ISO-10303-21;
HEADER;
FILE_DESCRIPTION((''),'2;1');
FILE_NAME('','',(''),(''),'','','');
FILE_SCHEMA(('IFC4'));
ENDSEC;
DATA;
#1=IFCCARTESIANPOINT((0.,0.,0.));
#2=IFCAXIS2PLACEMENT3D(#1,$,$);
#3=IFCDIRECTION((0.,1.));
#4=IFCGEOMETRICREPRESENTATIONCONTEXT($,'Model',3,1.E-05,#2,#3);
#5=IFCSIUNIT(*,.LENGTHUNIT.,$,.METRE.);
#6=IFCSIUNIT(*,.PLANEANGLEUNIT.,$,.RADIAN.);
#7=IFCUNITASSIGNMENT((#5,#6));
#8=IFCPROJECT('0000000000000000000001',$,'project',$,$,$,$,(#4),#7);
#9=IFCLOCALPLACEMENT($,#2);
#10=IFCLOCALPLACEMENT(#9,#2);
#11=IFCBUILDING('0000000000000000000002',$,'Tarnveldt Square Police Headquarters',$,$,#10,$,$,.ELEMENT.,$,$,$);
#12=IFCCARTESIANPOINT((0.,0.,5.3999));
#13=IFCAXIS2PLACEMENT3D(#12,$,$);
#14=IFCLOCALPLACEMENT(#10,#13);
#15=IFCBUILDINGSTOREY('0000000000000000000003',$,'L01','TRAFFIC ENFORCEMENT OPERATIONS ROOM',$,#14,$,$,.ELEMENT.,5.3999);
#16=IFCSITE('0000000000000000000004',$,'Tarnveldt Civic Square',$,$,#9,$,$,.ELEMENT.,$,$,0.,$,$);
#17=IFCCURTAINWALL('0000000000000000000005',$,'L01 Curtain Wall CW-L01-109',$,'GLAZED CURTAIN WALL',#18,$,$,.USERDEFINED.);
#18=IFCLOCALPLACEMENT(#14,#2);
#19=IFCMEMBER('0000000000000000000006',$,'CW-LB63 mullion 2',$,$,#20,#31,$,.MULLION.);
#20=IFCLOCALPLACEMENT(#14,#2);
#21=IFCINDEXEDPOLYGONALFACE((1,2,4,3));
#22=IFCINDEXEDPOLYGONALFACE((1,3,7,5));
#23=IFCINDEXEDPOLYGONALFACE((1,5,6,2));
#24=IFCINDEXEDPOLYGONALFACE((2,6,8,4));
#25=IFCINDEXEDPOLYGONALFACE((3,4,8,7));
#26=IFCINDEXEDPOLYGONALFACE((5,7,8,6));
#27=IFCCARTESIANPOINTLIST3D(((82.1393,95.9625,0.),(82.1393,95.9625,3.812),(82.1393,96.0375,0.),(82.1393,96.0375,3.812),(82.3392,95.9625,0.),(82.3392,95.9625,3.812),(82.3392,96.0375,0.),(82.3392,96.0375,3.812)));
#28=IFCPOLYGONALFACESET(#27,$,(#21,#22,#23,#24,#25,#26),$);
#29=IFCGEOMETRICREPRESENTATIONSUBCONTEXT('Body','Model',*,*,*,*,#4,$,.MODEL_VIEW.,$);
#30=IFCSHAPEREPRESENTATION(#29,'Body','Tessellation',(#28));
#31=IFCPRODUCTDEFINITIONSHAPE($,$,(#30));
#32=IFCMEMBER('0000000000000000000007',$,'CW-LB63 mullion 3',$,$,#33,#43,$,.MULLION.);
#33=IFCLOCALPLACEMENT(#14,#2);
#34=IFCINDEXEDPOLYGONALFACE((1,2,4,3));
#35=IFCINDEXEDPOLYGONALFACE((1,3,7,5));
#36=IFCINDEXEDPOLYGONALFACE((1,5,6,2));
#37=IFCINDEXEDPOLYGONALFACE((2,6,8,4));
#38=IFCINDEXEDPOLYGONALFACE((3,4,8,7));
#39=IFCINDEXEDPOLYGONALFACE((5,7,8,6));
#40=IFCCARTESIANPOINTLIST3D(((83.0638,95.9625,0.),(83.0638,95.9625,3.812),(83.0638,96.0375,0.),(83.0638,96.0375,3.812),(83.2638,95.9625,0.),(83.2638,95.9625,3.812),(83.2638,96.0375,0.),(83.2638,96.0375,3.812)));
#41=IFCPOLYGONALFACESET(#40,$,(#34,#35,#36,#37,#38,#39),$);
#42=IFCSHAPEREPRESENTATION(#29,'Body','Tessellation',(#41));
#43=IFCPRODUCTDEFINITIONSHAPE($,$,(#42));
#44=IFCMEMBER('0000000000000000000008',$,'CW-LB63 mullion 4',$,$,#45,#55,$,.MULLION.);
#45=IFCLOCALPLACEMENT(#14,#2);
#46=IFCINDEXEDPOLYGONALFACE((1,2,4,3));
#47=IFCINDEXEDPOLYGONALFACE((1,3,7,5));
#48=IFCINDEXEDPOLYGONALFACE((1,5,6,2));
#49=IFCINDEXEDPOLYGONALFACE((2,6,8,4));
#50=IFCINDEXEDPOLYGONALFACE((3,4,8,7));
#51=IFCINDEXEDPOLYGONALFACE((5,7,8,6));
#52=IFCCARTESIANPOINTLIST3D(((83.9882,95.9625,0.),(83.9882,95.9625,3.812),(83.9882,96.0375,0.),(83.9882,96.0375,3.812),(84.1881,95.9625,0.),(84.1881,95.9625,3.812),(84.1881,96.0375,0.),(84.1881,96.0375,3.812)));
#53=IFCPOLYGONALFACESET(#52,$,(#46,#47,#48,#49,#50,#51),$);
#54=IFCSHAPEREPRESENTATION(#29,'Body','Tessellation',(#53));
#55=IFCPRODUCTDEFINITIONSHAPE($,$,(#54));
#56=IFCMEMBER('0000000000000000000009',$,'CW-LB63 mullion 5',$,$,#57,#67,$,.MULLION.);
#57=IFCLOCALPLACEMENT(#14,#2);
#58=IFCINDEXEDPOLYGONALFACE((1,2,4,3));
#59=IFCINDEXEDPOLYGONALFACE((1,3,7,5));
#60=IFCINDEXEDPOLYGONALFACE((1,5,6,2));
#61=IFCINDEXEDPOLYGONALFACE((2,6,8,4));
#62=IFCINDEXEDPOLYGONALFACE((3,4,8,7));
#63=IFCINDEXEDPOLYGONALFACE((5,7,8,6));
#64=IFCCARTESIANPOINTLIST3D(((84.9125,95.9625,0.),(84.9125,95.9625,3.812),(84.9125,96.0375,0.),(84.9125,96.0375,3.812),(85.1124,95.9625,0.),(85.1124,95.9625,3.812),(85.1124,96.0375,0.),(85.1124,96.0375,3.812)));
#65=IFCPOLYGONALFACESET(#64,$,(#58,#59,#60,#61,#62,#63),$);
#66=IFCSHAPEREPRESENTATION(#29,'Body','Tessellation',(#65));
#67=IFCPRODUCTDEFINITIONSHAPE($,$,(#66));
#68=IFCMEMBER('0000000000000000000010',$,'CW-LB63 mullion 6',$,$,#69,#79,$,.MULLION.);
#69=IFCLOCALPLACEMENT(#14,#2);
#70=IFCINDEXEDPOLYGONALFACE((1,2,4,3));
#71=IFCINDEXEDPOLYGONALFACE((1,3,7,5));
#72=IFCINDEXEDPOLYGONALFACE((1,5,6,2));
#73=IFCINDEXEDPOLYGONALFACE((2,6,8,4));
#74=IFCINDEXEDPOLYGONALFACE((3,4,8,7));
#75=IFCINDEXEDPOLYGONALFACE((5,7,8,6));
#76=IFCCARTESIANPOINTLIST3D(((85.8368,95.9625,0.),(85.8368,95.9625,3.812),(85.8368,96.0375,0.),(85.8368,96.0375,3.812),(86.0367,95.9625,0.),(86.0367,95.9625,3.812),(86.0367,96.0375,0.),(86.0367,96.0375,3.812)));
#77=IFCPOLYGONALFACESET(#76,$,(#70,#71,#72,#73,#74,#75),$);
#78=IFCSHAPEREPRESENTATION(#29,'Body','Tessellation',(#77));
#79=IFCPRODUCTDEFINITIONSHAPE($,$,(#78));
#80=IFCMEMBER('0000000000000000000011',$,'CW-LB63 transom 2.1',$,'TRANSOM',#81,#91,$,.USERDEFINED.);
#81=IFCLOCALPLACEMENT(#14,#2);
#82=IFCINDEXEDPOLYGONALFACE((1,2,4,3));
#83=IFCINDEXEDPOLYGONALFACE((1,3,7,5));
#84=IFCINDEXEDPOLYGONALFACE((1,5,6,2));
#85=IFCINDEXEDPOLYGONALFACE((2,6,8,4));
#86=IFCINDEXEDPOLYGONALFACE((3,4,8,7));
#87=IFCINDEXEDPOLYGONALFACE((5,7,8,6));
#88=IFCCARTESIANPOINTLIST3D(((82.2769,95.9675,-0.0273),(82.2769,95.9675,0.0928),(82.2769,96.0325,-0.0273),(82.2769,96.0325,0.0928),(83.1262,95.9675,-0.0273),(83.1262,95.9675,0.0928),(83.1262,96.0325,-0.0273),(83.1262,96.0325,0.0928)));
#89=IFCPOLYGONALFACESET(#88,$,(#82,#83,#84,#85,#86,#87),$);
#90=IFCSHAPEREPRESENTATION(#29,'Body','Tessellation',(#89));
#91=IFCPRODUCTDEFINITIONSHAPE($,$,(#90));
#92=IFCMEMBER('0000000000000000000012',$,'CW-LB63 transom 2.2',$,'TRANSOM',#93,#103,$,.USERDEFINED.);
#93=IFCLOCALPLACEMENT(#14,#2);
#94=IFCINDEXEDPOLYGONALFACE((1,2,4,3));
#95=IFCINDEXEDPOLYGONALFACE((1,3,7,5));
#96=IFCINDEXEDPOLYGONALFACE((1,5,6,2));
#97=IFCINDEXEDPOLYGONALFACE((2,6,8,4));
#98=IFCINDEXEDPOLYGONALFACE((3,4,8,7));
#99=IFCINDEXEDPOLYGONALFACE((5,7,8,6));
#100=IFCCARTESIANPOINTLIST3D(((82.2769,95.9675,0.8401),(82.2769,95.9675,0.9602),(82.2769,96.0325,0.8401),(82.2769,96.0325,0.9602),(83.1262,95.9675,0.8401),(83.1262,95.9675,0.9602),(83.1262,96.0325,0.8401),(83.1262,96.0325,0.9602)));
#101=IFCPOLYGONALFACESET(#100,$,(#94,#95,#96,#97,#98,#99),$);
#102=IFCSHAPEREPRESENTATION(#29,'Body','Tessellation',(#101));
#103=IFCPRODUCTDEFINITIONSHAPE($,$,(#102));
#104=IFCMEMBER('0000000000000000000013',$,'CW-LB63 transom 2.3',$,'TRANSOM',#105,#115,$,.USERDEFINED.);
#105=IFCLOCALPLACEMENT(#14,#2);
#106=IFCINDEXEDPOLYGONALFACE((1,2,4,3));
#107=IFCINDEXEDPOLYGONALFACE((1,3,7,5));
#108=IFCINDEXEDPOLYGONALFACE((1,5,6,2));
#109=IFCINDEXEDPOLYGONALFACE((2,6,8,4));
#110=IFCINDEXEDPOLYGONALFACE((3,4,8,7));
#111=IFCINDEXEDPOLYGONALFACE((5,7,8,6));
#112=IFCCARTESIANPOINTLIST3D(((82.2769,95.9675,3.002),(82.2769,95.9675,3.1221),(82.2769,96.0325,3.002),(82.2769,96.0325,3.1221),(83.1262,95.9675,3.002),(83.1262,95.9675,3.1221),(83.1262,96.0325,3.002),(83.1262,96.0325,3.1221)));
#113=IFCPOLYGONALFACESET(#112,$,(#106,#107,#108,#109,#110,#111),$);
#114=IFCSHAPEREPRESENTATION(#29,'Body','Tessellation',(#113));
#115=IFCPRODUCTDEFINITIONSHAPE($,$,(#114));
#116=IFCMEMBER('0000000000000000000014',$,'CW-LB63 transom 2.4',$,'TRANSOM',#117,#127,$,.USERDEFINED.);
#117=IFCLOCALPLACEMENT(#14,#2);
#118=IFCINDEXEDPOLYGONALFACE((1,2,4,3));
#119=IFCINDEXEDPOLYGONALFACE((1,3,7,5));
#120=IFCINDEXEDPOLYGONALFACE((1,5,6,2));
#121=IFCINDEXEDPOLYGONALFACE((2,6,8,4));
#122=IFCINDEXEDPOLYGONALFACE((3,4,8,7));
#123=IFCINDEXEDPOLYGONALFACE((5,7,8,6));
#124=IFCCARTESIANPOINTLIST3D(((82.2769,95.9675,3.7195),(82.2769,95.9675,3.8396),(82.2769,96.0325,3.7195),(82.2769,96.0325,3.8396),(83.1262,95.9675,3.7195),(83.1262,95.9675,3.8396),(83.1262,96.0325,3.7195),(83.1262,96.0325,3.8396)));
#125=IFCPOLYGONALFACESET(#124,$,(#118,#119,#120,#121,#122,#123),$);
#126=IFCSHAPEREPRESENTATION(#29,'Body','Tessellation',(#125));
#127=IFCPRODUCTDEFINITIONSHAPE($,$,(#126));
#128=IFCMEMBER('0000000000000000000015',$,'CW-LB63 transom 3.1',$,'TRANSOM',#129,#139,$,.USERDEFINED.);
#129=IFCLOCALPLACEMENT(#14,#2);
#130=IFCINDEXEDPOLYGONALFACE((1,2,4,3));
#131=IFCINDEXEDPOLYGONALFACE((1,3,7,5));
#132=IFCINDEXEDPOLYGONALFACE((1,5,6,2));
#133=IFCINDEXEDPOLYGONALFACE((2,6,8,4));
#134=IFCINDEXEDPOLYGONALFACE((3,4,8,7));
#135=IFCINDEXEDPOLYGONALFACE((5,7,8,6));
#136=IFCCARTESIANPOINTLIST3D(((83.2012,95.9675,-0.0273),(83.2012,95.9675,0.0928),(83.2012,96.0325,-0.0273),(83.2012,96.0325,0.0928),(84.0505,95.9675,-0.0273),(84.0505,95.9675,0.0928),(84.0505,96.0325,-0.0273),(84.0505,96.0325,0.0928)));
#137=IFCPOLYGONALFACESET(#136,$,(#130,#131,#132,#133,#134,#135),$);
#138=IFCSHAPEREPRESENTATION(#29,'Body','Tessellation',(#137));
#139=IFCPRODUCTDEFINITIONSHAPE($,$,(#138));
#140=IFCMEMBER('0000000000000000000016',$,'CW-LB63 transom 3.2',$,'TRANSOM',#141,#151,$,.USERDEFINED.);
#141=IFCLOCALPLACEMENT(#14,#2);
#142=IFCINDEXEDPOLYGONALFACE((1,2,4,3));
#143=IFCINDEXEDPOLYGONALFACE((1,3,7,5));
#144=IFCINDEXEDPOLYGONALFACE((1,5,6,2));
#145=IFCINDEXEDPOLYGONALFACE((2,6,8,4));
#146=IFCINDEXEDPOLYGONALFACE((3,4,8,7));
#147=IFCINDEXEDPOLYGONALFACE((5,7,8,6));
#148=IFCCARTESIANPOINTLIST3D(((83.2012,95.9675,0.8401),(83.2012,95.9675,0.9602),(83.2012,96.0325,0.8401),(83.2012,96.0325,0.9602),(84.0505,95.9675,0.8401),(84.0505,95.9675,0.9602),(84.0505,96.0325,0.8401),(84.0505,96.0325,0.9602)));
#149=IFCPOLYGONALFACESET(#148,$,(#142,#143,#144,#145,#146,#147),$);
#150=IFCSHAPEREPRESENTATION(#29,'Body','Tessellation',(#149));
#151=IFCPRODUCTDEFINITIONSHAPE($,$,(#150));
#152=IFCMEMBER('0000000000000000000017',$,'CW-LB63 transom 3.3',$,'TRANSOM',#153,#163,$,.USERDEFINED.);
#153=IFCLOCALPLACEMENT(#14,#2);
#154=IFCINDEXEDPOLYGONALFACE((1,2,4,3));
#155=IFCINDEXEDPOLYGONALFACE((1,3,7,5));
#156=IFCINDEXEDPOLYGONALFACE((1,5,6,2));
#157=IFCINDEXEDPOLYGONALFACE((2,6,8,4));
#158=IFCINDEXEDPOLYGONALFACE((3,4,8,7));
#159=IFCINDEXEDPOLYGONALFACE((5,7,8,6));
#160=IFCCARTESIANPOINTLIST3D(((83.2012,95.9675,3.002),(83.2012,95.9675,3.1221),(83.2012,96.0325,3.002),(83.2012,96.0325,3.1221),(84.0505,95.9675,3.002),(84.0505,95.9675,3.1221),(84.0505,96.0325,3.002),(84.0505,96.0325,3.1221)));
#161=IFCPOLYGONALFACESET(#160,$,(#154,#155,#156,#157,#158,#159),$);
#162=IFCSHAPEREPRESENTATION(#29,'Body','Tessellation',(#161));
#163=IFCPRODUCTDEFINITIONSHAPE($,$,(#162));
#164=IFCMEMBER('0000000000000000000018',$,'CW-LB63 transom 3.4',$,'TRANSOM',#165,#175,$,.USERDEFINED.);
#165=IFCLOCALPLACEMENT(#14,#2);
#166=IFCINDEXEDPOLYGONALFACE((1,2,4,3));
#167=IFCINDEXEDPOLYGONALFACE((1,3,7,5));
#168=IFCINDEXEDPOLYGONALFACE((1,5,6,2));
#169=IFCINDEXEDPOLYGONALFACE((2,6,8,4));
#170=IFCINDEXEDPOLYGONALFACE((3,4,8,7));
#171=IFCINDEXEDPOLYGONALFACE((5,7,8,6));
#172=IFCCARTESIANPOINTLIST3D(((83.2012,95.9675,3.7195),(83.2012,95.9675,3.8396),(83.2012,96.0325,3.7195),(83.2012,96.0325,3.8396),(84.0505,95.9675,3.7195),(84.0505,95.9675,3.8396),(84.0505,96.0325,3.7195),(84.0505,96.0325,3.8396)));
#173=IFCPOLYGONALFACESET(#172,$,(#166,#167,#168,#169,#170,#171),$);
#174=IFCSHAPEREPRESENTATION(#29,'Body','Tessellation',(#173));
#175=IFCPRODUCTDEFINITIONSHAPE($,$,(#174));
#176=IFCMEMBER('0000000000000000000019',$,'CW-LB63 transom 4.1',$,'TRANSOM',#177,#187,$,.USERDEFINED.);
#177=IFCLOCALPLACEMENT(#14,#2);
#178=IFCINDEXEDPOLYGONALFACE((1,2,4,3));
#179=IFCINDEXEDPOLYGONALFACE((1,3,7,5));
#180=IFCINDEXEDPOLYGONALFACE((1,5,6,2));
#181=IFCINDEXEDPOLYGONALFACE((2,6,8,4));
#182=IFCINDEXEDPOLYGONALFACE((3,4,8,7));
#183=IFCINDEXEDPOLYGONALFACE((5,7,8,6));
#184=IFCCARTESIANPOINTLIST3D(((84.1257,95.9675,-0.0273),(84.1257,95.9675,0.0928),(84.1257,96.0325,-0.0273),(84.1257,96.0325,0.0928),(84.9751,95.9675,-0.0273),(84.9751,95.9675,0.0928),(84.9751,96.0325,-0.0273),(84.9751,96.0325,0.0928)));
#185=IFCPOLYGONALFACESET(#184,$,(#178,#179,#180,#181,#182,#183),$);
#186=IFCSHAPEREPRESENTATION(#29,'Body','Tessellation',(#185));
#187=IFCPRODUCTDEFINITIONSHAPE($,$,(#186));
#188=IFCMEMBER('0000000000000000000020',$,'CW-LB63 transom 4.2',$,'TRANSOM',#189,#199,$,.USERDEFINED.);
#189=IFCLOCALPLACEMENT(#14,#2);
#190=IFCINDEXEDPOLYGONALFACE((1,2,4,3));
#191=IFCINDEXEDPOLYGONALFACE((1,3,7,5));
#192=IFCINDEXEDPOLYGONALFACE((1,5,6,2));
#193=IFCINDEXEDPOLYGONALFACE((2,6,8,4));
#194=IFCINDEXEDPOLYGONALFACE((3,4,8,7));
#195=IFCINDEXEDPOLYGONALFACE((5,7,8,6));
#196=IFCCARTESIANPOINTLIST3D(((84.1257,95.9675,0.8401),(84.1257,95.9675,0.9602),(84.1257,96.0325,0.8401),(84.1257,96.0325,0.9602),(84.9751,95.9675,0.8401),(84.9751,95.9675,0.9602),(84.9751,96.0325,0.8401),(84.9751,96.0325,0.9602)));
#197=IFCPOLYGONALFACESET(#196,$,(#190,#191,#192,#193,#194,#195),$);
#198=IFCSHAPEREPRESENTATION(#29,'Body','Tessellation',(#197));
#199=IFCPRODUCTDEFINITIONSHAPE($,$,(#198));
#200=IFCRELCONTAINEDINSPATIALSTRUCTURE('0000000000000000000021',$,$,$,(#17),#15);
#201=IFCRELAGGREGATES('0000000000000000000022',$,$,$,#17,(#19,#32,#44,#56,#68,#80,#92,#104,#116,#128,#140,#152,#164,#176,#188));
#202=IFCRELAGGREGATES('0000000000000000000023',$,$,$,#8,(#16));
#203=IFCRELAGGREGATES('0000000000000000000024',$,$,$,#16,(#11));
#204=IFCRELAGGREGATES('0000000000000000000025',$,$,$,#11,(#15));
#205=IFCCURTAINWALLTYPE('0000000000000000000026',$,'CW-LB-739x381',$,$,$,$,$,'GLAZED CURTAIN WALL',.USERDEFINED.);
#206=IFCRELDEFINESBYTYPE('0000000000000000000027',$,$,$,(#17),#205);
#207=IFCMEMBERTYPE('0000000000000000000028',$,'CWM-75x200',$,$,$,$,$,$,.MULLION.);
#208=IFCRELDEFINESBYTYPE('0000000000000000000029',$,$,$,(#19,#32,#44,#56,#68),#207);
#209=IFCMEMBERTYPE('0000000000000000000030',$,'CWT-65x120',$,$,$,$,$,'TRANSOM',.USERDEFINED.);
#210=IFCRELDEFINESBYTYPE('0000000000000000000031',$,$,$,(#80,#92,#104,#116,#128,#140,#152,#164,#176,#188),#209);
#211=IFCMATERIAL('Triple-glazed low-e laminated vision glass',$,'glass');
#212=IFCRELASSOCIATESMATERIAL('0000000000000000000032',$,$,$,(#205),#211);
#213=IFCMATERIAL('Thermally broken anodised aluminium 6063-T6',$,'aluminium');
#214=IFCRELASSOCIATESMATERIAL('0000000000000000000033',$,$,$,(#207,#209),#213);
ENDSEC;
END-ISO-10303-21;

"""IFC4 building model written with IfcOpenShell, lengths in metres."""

from ifc_helpers import new_model, si_unit, direction, frame, origin, origin_2d, place, context, subcontext, project, spatial, rectangle, extrude, material, material_profile, profile_set, type_object, element, aggregate, save


model = new_model("IFC4")

# Units and contexts
model_context = context("Model", 3, precision=1e-05, world=origin(), true_north=direction((0.0, 1.0)))
body_context = subcontext(model_context, "Body", "Model", "MODEL_VIEW")
ifc_project = project(units=[si_unit("LENGTHUNIT", "METRE"), si_unit("PLANEANGLEUNIT", "RADIAN")], contexts=[model_context])

# Site, building, storey
site_placement = place(None, origin())
site = spatial("IfcSite", under=ifc_project, at=site_placement, Name="Tarnveldt Civic Square", CompositionType="ELEMENT", RefElevation=0.0)
building_placement = place(site_placement, origin())
building = spatial("IfcBuilding", under=site, at=building_placement, Name="Tarnveldt Square Police Headquarters", CompositionType="ELEMENT")
storey_placement = place(building_placement, frame((0.0, 0.0, 5.3999)))
storey = spatial("IfcBuildingStorey", under=building, at=storey_placement, Name="L01", Description="TRAFFIC ENFORCEMENT OPERATIONS ROOM", CompositionType="ELEMENT", Elevation=5.3999)

# Curtain wall, members
ifc_material_1 = material(Name="Triple-glazed low-e laminated vision glass", Category="glass")
curtain_wall_type = type_object("IfcCurtainWallType", Name="CW-LB-739x381", ElementType="GLAZED CURTAIN WALL", PredefinedType="USERDEFINED", material=ifc_material_1)
curtain_wall_placement = place(storey_placement, origin())
curtain_wall = element("IfcCurtainWall", 1, at=curtain_wall_placement, inside=storey, type_object=curtain_wall_type, Name="L01 Curtain Wall CW-L01-109", ObjectType="GLAZED CURTAIN WALL", PredefinedType="USERDEFINED")
ifc_material_2 = material(Name="Thermally broken anodised aluminium 6063-T6", Category="aluminium")
ifc_material_profile_1 = material_profile(ifc_material_2, rectangle(XDim=0.075, YDim=0.2, at=origin_2d()), Name="CW-M75x200")
ifc_profile_set_1 = profile_set([ifc_material_profile_1], Name="Thermally broken anodised aluminium 6063-T6")
member_type_1 = type_object("IfcMemberType", Name="CWM-75x200", PredefinedType="MULLION", material=ifc_profile_set_1)
member_1_placement = place(storey_placement, frame((82.2393, 96.0, 0.0), z_axis=(0.0, 0.0, 1.0), x_axis=(0.0, 1.0, 0.0)))
member_1 = element("IfcMember", 2, at=member_1_placement, type_object=member_type_1, Name="CW-LB63 mullion 2", PredefinedType="MULLION", context=body_context, shape_type="SweptSolid", body=[
    extrude(rectangle(XDim=0.075, YDim=0.2, at=origin_2d()), origin(), (0.0, 0.0, 1.0), 3.812),
])
member_2_placement = place(storey_placement, frame((83.1638, 96.0, 0.0), z_axis=(0.0, 0.0, 1.0), x_axis=(0.0, 1.0, 0.0)))
member_2 = element("IfcMember", 3, at=member_2_placement, type_object=member_type_1, Name="CW-LB63 mullion 3", PredefinedType="MULLION", context=body_context, shape_type="SweptSolid", body=[
    extrude(rectangle(XDim=0.075, YDim=0.2, at=origin_2d()), origin(), (0.0, 0.0, 1.0), 3.812),
])
member_3_placement = place(storey_placement, frame((84.0881, 96.0, 0.0), z_axis=(0.0, 0.0, 1.0), x_axis=(0.0, 1.0, 0.0)))
member_3 = element("IfcMember", 4, at=member_3_placement, type_object=member_type_1, Name="CW-LB63 mullion 4", PredefinedType="MULLION", context=body_context, shape_type="SweptSolid", body=[
    extrude(rectangle(XDim=0.075, YDim=0.2, at=origin_2d()), origin(), (0.0, 0.0, 1.0), 3.812),
])
member_4_placement = place(storey_placement, frame((85.0125, 96.0, 0.0), z_axis=(0.0, 0.0, 1.0), x_axis=(0.0, 1.0, 0.0)))
member_4 = element("IfcMember", 5, at=member_4_placement, type_object=member_type_1, Name="CW-LB63 mullion 5", PredefinedType="MULLION", context=body_context, shape_type="SweptSolid", body=[
    extrude(rectangle(XDim=0.075, YDim=0.2, at=origin_2d()), origin(), (0.0, 0.0, 1.0), 3.812),
])
member_5_placement = place(storey_placement, frame((85.9368, 96.0, 0.0), z_axis=(0.0, 0.0, 1.0), x_axis=(0.0, 1.0, 0.0)))
member_5 = element("IfcMember", 6, at=member_5_placement, type_object=member_type_1, Name="CW-LB63 mullion 6", PredefinedType="MULLION", context=body_context, shape_type="SweptSolid", body=[
    extrude(rectangle(XDim=0.075, YDim=0.2, at=origin_2d()), origin(), (0.0, 0.0, 1.0), 3.812),
])
ifc_material_profile_2 = material_profile(ifc_material_2, rectangle(XDim=0.0649, YDim=0.1201, at=origin_2d()), Name="CW-T65x120")
ifc_profile_set_2 = profile_set([ifc_material_profile_2], Name="Thermally broken anodised aluminium 6063-T6")
member_type_2 = type_object("IfcMemberType", Name="CWT-65x120", ElementType="TRANSOM", PredefinedType="USERDEFINED", material=ifc_profile_set_2)
member_6_placement = place(storey_placement, frame((82.2769, 96.0, 0.0327), z_axis=(1.0, 0.0, 0.0), x_axis=(0.0, 1.0, 0.0)))
member_6 = element("IfcMember", 7, at=member_6_placement, type_object=member_type_2, Name="CW-LB63 transom 2.1", ObjectType="TRANSOM", PredefinedType="USERDEFINED", context=body_context, shape_type="SweptSolid", body=[
    extrude(rectangle(XDim=0.0649, YDim=0.1201, at=origin_2d()), origin(), (0.0, 0.0, 1.0), 0.8494),
])
member_7_placement = place(storey_placement, frame((82.2769, 96.0, 0.9001), z_axis=(1.0, 0.0, 0.0), x_axis=(0.0, 1.0, 0.0)))
member_7 = element("IfcMember", 8, at=member_7_placement, type_object=member_type_2, Name="CW-LB63 transom 2.2", ObjectType="TRANSOM", PredefinedType="USERDEFINED", context=body_context, shape_type="SweptSolid", body=[
    extrude(rectangle(XDim=0.0649, YDim=0.1201, at=origin_2d()), origin(), (0.0, 0.0, 1.0), 0.8494),
])
member_8_placement = place(storey_placement, frame((82.2769, 96.0, 3.062), z_axis=(1.0, 0.0, 0.0), x_axis=(0.0, 1.0, 0.0)))
member_8 = element("IfcMember", 9, at=member_8_placement, type_object=member_type_2, Name="CW-LB63 transom 2.3", ObjectType="TRANSOM", PredefinedType="USERDEFINED", context=body_context, shape_type="SweptSolid", body=[
    extrude(rectangle(XDim=0.0649, YDim=0.1201, at=origin_2d()), origin(), (0.0, 0.0, 1.0), 0.8494),
])
member_9_placement = place(storey_placement, frame((82.2769, 96.0, 3.7795), z_axis=(1.0, 0.0, 0.0), x_axis=(0.0, 1.0, 0.0)))
member_9 = element("IfcMember", 10, at=member_9_placement, type_object=member_type_2, Name="CW-LB63 transom 2.4", ObjectType="TRANSOM", PredefinedType="USERDEFINED", context=body_context, shape_type="SweptSolid", body=[
    extrude(rectangle(XDim=0.0649, YDim=0.1201, at=origin_2d()), origin(), (0.0, 0.0, 1.0), 0.8494),
])
member_10_placement = place(storey_placement, frame((83.2012, 96.0, 0.0327), z_axis=(1.0, 0.0, 0.0), x_axis=(0.0, 1.0, 0.0)))
member_10 = element("IfcMember", 11, at=member_10_placement, type_object=member_type_2, Name="CW-LB63 transom 3.1", ObjectType="TRANSOM", PredefinedType="USERDEFINED", context=body_context, shape_type="SweptSolid", body=[
    extrude(rectangle(XDim=0.0649, YDim=0.1201, at=origin_2d()), origin(), (0.0, 0.0, 1.0), 0.8494),
])
member_11_placement = place(storey_placement, frame((83.2012, 96.0, 0.9001), z_axis=(1.0, 0.0, 0.0), x_axis=(0.0, 1.0, 0.0)))
member_11 = element("IfcMember", 12, at=member_11_placement, type_object=member_type_2, Name="CW-LB63 transom 3.2", ObjectType="TRANSOM", PredefinedType="USERDEFINED", context=body_context, shape_type="SweptSolid", body=[
    extrude(rectangle(XDim=0.0649, YDim=0.1201, at=origin_2d()), origin(), (0.0, 0.0, 1.0), 0.8494),
])
member_12_placement = place(storey_placement, frame((83.2012, 96.0, 3.062), z_axis=(1.0, 0.0, 0.0), x_axis=(0.0, 1.0, 0.0)))
member_12 = element("IfcMember", 13, at=member_12_placement, type_object=member_type_2, Name="CW-LB63 transom 3.3", ObjectType="TRANSOM", PredefinedType="USERDEFINED", context=body_context, shape_type="SweptSolid", body=[
    extrude(rectangle(XDim=0.0649, YDim=0.1201, at=origin_2d()), origin(), (0.0, 0.0, 1.0), 0.8494),
])
member_13_placement = place(storey_placement, frame((83.2012, 96.0, 3.7795), z_axis=(1.0, 0.0, 0.0), x_axis=(0.0, 1.0, 0.0)))
member_13 = element("IfcMember", 14, at=member_13_placement, type_object=member_type_2, Name="CW-LB63 transom 3.4", ObjectType="TRANSOM", PredefinedType="USERDEFINED", context=body_context, shape_type="SweptSolid", body=[
    extrude(rectangle(XDim=0.0649, YDim=0.1201, at=origin_2d()), origin(), (0.0, 0.0, 1.0), 0.8494),
])
member_14_placement = place(storey_placement, frame((84.1257, 96.0, 0.0327), z_axis=(1.0, 0.0, 0.0), x_axis=(0.0, 1.0, 0.0)))
member_14 = element("IfcMember", 15, at=member_14_placement, type_object=member_type_2, Name="CW-LB63 transom 4.1", ObjectType="TRANSOM", PredefinedType="USERDEFINED", context=body_context, shape_type="SweptSolid", body=[
    extrude(rectangle(XDim=0.0649, YDim=0.1201, at=origin_2d()), origin(), (0.0, 0.0, 1.0), 0.8494),
])
member_15_placement = place(storey_placement, frame((84.1257, 96.0, 0.9001), z_axis=(1.0, 0.0, 0.0), x_axis=(0.0, 1.0, 0.0)))
member_15 = element("IfcMember", 16, at=member_15_placement, type_object=member_type_2, Name="CW-LB63 transom 4.2", ObjectType="TRANSOM", PredefinedType="USERDEFINED", context=body_context, shape_type="SweptSolid", body=[
    extrude(rectangle(XDim=0.0649, YDim=0.1201, at=origin_2d()), origin(), (0.0, 0.0, 1.0), 0.8494),
])
aggregate(curtain_wall, [member_1, member_2, member_3, member_4, member_5, member_6, member_7, member_8, member_9, member_10, member_11, member_12, member_13, member_14, member_15])

save(model, "model.ifc")
